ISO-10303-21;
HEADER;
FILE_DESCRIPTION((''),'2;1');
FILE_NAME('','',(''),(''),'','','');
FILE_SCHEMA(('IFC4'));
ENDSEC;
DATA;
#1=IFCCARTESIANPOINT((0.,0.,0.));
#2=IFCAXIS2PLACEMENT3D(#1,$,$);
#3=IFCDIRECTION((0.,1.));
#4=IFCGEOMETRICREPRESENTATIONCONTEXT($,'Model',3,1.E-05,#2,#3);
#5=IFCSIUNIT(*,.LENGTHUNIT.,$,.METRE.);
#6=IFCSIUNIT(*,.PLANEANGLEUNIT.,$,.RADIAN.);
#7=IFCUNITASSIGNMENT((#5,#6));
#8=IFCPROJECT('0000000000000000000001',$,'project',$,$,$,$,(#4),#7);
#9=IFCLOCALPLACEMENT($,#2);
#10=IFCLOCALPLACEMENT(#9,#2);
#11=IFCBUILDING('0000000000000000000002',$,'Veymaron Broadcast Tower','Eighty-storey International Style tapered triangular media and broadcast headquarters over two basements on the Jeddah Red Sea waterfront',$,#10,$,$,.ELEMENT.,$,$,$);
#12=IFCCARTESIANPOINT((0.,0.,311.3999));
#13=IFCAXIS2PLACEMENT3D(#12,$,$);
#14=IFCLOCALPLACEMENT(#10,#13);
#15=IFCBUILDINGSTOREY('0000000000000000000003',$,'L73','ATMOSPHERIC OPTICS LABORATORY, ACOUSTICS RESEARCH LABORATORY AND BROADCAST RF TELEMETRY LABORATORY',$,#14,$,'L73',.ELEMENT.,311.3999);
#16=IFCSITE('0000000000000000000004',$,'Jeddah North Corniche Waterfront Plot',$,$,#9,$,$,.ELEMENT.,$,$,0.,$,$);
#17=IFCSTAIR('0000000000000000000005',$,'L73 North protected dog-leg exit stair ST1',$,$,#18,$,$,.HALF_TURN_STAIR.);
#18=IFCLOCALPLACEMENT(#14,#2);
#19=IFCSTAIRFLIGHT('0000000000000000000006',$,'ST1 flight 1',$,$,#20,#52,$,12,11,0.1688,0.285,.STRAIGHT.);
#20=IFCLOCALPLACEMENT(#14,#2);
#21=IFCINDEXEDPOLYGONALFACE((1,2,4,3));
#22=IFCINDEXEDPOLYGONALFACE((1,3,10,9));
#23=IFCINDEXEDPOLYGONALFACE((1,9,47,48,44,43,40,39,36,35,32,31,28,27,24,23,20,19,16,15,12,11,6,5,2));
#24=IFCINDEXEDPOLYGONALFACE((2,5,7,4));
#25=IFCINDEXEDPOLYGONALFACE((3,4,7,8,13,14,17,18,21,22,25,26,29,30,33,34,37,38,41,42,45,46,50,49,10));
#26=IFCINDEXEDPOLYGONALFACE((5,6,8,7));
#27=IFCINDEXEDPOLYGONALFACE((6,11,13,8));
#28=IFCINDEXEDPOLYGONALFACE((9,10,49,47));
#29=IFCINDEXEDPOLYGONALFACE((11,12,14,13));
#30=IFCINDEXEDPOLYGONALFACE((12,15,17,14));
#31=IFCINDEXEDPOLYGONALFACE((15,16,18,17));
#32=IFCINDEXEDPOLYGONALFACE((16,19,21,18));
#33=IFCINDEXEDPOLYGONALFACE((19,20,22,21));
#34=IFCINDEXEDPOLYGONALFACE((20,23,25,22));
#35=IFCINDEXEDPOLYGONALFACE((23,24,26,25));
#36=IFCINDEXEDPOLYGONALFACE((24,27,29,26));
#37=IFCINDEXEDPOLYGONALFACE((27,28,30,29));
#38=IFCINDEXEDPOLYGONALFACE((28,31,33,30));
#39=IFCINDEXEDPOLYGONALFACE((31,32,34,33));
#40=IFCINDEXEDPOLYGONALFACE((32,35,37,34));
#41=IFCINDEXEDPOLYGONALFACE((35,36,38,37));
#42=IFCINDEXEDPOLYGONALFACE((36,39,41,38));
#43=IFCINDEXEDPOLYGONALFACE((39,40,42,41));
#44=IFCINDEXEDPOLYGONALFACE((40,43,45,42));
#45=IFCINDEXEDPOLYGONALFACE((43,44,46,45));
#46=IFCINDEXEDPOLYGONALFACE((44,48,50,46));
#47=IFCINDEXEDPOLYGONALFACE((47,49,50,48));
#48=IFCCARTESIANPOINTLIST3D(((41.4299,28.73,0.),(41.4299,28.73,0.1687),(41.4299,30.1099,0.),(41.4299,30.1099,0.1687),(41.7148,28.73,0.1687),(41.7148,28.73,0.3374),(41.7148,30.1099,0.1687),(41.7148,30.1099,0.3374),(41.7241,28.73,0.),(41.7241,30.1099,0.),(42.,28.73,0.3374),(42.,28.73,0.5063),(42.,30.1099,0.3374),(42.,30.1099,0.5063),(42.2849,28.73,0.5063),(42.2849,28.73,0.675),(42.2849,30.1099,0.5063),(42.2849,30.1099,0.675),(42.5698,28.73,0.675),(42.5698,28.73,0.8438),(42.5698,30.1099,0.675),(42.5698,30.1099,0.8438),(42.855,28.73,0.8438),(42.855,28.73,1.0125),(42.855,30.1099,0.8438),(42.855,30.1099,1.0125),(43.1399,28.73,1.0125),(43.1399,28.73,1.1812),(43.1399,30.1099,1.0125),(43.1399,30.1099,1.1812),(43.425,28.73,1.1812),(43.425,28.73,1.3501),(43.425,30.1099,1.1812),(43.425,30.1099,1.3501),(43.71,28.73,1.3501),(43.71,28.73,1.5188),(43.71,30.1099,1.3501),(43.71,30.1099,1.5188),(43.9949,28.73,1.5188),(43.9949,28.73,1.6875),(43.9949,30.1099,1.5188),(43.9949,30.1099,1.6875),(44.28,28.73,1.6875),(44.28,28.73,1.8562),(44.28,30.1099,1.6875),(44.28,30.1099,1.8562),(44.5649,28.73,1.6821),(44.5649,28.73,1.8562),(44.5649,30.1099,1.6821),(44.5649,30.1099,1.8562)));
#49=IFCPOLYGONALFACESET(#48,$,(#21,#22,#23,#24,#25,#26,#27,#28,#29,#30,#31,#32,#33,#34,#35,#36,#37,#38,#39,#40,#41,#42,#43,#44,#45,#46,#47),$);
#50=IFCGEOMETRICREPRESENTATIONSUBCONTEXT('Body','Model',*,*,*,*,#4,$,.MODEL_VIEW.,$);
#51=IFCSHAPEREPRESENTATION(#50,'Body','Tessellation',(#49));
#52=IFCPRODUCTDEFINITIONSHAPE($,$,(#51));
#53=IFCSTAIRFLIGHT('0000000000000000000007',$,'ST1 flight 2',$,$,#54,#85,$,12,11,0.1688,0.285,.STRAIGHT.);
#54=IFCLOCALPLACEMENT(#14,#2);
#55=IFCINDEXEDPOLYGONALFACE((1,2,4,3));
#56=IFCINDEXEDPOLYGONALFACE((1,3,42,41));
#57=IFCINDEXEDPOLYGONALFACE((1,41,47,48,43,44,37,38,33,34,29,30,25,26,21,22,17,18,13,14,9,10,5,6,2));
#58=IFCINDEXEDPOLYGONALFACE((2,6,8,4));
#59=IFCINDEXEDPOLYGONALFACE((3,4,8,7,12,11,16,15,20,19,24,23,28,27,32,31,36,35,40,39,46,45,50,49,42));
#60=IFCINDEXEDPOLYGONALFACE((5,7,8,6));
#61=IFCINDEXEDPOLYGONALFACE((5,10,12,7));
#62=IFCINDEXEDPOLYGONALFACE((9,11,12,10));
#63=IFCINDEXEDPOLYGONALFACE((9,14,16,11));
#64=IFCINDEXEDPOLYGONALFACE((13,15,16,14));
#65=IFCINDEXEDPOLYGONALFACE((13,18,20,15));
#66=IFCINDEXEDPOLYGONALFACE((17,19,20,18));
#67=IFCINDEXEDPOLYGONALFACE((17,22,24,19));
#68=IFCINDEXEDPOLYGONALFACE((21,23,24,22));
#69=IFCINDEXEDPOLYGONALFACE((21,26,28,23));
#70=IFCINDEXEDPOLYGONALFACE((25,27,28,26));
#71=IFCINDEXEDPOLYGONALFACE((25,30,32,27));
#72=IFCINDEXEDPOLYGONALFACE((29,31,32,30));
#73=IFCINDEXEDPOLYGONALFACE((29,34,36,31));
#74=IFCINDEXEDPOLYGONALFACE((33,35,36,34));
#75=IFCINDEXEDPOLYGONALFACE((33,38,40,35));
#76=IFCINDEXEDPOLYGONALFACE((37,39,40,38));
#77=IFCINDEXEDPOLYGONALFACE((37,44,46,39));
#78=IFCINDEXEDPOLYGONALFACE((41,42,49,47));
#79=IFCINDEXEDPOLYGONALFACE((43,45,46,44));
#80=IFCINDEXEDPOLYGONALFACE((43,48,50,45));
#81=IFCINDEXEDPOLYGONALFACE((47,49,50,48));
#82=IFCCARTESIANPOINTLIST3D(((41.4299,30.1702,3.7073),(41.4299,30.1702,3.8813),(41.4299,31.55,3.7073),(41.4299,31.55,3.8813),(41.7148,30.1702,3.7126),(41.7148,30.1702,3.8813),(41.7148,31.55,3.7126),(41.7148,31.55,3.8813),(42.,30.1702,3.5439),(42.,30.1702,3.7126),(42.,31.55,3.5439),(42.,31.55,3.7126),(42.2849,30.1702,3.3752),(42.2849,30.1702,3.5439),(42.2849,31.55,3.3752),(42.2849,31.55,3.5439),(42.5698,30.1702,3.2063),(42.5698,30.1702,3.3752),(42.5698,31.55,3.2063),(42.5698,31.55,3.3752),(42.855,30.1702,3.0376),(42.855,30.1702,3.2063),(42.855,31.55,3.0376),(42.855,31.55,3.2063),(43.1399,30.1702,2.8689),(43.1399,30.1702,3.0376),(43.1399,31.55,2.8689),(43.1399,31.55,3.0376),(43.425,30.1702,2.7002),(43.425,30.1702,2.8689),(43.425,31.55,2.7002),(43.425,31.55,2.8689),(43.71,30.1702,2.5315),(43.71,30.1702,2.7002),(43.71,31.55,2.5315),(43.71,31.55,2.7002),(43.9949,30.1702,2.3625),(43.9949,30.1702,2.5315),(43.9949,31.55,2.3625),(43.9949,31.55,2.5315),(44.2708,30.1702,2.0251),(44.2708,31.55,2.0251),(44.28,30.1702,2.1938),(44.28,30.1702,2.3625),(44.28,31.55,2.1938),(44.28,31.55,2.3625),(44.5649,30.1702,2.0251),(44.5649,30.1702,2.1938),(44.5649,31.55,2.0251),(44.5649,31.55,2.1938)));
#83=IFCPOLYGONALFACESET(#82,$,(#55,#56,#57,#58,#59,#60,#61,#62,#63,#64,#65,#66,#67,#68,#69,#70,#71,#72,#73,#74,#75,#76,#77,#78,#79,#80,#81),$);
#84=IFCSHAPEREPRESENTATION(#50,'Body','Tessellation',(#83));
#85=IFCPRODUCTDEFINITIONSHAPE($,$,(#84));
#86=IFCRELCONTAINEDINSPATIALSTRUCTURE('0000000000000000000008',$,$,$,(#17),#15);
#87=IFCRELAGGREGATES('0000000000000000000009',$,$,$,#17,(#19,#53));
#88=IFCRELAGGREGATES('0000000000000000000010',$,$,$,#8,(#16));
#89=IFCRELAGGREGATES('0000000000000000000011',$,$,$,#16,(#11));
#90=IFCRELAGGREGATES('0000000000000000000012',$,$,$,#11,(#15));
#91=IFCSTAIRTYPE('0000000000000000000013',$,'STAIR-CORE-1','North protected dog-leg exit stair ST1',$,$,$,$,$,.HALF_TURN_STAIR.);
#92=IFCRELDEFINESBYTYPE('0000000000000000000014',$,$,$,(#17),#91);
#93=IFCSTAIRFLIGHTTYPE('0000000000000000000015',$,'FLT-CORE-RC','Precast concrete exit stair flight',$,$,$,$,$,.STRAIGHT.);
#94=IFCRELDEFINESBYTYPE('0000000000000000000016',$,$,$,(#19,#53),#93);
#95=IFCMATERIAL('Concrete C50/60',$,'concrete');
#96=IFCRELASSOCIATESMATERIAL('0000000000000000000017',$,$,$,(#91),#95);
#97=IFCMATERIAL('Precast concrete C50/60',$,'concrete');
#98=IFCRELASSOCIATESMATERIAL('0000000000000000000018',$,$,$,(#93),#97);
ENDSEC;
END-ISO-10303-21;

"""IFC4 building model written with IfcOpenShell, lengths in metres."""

from ifc_helpers import new_model, si_unit, direction, frame, origin, place, context, subcontext, project, spatial, polyline, outline, extrude, material, type_object, element, aggregate, save


model = new_model("IFC4")

# Units and contexts
model_context = context("Model", 3, precision=1e-05, world=origin(), true_north=direction((0.0, 1.0)))
body_context = subcontext(model_context, "Body", "Model", "MODEL_VIEW")
ifc_project = project(units=[si_unit("LENGTHUNIT", "METRE"), si_unit("PLANEANGLEUNIT", "RADIAN")], contexts=[model_context])

# Site, building, storey
site_placement = place(None, origin())
site = spatial("IfcSite", under=ifc_project, at=site_placement, Name="Jeddah North Corniche Waterfront Plot", CompositionType="ELEMENT", RefElevation=0.0)
building_placement = place(site_placement, origin())
building = spatial("IfcBuilding", under=site, at=building_placement, Name="Veymaron Broadcast Tower", Description="Eighty-storey International Style tapered triangular media and broadcast headquarters over two basements on the Jeddah Red Sea waterfront", CompositionType="ELEMENT")
storey_placement = place(building_placement, frame((0.0, 0.0, 311.3999)))
storey = spatial("IfcBuildingStorey", under=building, at=storey_placement, Name="L73", Description="ATMOSPHERIC OPTICS LABORATORY, ACOUSTICS RESEARCH LABORATORY AND BROADCAST RF TELEMETRY LABORATORY", LongName="L73", CompositionType="ELEMENT", Elevation=311.3999)

# Shared definitions
ifc_material_1 = material(Name="Concrete C50/60", Category="concrete")

# Stair, stair flights
stair_type = type_object("IfcStairType", Name="STAIR-CORE-1", Description="North protected dog-leg exit stair ST1", PredefinedType="HALF_TURN_STAIR", material=ifc_material_1)
stair_placement = place(storey_placement, origin())
stair = element("IfcStair", 1, at=stair_placement, inside=storey, type_object=stair_type, Name="L73 North protected dog-leg exit stair ST1", PredefinedType="HALF_TURN_STAIR")
ifc_material_2 = material(Name="Precast concrete C50/60", Category="concrete")
stair_flight_type = type_object("IfcStairFlightType", Name="FLT-CORE-RC", Description="Precast concrete exit stair flight", PredefinedType="STRAIGHT", material=ifc_material_2)
stair_flight_1_placement = place(storey_placement, frame((41.4299, 29.4199, 0.0), z_axis=(0.0, 0.0, 1.0), x_axis=(1.0, 0.0, 0.0)))
stair_flight_1 = element("IfcStairFlight", 2, at=stair_flight_1_placement, type_object=stair_flight_type, Name="ST1 flight 1", NumberOfRisers=12, NumberOfTreads=11, PredefinedType="STRAIGHT", RiserHeight=0.1688, TreadLength=0.285, context=body_context, shape_type="SweptSolid", body=[
    extrude(outline(polyline([(0.0, 0.0), (0.0, 0.1687), (0.2849, 0.1687), (0.2849, 0.3374), (0.5701, 0.3374), (0.5701, 0.5063), (0.855, 0.5063), (0.855, 0.675), (1.1399, 0.675), (1.1399, 0.8438), (1.425, 0.8438), (1.425, 1.0125), (1.71, 1.0125), (1.71, 1.1812), (1.9951, 1.1812), (1.9951, 1.3501), (2.28, 1.3501), (2.28, 1.5188), (2.5649, 1.5188), (2.5649, 1.6875), (2.8501, 1.6875), (2.8501, 1.8562), (3.135, 1.8562), (3.135, 2.0249), (3.135, 1.6821), (0.2942, 0.0), (0.0, 0.0)])), frame((0.0, 0.6899, 0.0), z_axis=(0.0, -1.0, 0.0), x_axis=(1.0, 0.0, 0.0)), (0.0, 0.0, 1.0), 1.3799),
])
stair_flight_2_placement = place(storey_placement, frame((44.5649, 30.8601, 2.0251), z_axis=(0.0, 0.0, 1.0), x_axis=(-1.0, 0.0, 0.0)))
stair_flight_2 = element("IfcStairFlight", 3, at=stair_flight_2_placement, type_object=stair_flight_type, Name="ST1 flight 2", NumberOfRisers=12, NumberOfTreads=11, PredefinedType="STRAIGHT", RiserHeight=0.1688, TreadLength=0.285, context=body_context, shape_type="SweptSolid", body=[
    extrude(outline(polyline([(0.0, 0.0), (0.0, 0.1687), (0.2849, 0.1687), (0.2849, 0.3374), (0.5701, 0.3374), (0.5701, 0.5063), (0.855, 0.5063), (0.855, 0.675), (1.1399, 0.675), (1.1399, 0.8438), (1.425, 0.8438), (1.425, 1.0125), (1.71, 1.0125), (1.71, 1.1812), (1.9951, 1.1812), (1.9951, 1.3501), (2.28, 1.3501), (2.28, 1.5188), (2.5649, 1.5188), (2.5649, 1.6875), (2.8501, 1.6875), (2.8501, 1.8562), (3.135, 1.8562), (3.135, 2.0249), (3.135, 1.6821), (0.2942, 0.0), (0.0, 0.0)])), frame((0.0, 0.6899, 0.0), z_axis=(0.0, -1.0, 0.0), x_axis=(1.0, 0.0, 0.0)), (0.0, 0.0, 1.0), 1.3799),
])
aggregate(stair, [stair_flight_1, stair_flight_2])

save(model, "model.ifc")
